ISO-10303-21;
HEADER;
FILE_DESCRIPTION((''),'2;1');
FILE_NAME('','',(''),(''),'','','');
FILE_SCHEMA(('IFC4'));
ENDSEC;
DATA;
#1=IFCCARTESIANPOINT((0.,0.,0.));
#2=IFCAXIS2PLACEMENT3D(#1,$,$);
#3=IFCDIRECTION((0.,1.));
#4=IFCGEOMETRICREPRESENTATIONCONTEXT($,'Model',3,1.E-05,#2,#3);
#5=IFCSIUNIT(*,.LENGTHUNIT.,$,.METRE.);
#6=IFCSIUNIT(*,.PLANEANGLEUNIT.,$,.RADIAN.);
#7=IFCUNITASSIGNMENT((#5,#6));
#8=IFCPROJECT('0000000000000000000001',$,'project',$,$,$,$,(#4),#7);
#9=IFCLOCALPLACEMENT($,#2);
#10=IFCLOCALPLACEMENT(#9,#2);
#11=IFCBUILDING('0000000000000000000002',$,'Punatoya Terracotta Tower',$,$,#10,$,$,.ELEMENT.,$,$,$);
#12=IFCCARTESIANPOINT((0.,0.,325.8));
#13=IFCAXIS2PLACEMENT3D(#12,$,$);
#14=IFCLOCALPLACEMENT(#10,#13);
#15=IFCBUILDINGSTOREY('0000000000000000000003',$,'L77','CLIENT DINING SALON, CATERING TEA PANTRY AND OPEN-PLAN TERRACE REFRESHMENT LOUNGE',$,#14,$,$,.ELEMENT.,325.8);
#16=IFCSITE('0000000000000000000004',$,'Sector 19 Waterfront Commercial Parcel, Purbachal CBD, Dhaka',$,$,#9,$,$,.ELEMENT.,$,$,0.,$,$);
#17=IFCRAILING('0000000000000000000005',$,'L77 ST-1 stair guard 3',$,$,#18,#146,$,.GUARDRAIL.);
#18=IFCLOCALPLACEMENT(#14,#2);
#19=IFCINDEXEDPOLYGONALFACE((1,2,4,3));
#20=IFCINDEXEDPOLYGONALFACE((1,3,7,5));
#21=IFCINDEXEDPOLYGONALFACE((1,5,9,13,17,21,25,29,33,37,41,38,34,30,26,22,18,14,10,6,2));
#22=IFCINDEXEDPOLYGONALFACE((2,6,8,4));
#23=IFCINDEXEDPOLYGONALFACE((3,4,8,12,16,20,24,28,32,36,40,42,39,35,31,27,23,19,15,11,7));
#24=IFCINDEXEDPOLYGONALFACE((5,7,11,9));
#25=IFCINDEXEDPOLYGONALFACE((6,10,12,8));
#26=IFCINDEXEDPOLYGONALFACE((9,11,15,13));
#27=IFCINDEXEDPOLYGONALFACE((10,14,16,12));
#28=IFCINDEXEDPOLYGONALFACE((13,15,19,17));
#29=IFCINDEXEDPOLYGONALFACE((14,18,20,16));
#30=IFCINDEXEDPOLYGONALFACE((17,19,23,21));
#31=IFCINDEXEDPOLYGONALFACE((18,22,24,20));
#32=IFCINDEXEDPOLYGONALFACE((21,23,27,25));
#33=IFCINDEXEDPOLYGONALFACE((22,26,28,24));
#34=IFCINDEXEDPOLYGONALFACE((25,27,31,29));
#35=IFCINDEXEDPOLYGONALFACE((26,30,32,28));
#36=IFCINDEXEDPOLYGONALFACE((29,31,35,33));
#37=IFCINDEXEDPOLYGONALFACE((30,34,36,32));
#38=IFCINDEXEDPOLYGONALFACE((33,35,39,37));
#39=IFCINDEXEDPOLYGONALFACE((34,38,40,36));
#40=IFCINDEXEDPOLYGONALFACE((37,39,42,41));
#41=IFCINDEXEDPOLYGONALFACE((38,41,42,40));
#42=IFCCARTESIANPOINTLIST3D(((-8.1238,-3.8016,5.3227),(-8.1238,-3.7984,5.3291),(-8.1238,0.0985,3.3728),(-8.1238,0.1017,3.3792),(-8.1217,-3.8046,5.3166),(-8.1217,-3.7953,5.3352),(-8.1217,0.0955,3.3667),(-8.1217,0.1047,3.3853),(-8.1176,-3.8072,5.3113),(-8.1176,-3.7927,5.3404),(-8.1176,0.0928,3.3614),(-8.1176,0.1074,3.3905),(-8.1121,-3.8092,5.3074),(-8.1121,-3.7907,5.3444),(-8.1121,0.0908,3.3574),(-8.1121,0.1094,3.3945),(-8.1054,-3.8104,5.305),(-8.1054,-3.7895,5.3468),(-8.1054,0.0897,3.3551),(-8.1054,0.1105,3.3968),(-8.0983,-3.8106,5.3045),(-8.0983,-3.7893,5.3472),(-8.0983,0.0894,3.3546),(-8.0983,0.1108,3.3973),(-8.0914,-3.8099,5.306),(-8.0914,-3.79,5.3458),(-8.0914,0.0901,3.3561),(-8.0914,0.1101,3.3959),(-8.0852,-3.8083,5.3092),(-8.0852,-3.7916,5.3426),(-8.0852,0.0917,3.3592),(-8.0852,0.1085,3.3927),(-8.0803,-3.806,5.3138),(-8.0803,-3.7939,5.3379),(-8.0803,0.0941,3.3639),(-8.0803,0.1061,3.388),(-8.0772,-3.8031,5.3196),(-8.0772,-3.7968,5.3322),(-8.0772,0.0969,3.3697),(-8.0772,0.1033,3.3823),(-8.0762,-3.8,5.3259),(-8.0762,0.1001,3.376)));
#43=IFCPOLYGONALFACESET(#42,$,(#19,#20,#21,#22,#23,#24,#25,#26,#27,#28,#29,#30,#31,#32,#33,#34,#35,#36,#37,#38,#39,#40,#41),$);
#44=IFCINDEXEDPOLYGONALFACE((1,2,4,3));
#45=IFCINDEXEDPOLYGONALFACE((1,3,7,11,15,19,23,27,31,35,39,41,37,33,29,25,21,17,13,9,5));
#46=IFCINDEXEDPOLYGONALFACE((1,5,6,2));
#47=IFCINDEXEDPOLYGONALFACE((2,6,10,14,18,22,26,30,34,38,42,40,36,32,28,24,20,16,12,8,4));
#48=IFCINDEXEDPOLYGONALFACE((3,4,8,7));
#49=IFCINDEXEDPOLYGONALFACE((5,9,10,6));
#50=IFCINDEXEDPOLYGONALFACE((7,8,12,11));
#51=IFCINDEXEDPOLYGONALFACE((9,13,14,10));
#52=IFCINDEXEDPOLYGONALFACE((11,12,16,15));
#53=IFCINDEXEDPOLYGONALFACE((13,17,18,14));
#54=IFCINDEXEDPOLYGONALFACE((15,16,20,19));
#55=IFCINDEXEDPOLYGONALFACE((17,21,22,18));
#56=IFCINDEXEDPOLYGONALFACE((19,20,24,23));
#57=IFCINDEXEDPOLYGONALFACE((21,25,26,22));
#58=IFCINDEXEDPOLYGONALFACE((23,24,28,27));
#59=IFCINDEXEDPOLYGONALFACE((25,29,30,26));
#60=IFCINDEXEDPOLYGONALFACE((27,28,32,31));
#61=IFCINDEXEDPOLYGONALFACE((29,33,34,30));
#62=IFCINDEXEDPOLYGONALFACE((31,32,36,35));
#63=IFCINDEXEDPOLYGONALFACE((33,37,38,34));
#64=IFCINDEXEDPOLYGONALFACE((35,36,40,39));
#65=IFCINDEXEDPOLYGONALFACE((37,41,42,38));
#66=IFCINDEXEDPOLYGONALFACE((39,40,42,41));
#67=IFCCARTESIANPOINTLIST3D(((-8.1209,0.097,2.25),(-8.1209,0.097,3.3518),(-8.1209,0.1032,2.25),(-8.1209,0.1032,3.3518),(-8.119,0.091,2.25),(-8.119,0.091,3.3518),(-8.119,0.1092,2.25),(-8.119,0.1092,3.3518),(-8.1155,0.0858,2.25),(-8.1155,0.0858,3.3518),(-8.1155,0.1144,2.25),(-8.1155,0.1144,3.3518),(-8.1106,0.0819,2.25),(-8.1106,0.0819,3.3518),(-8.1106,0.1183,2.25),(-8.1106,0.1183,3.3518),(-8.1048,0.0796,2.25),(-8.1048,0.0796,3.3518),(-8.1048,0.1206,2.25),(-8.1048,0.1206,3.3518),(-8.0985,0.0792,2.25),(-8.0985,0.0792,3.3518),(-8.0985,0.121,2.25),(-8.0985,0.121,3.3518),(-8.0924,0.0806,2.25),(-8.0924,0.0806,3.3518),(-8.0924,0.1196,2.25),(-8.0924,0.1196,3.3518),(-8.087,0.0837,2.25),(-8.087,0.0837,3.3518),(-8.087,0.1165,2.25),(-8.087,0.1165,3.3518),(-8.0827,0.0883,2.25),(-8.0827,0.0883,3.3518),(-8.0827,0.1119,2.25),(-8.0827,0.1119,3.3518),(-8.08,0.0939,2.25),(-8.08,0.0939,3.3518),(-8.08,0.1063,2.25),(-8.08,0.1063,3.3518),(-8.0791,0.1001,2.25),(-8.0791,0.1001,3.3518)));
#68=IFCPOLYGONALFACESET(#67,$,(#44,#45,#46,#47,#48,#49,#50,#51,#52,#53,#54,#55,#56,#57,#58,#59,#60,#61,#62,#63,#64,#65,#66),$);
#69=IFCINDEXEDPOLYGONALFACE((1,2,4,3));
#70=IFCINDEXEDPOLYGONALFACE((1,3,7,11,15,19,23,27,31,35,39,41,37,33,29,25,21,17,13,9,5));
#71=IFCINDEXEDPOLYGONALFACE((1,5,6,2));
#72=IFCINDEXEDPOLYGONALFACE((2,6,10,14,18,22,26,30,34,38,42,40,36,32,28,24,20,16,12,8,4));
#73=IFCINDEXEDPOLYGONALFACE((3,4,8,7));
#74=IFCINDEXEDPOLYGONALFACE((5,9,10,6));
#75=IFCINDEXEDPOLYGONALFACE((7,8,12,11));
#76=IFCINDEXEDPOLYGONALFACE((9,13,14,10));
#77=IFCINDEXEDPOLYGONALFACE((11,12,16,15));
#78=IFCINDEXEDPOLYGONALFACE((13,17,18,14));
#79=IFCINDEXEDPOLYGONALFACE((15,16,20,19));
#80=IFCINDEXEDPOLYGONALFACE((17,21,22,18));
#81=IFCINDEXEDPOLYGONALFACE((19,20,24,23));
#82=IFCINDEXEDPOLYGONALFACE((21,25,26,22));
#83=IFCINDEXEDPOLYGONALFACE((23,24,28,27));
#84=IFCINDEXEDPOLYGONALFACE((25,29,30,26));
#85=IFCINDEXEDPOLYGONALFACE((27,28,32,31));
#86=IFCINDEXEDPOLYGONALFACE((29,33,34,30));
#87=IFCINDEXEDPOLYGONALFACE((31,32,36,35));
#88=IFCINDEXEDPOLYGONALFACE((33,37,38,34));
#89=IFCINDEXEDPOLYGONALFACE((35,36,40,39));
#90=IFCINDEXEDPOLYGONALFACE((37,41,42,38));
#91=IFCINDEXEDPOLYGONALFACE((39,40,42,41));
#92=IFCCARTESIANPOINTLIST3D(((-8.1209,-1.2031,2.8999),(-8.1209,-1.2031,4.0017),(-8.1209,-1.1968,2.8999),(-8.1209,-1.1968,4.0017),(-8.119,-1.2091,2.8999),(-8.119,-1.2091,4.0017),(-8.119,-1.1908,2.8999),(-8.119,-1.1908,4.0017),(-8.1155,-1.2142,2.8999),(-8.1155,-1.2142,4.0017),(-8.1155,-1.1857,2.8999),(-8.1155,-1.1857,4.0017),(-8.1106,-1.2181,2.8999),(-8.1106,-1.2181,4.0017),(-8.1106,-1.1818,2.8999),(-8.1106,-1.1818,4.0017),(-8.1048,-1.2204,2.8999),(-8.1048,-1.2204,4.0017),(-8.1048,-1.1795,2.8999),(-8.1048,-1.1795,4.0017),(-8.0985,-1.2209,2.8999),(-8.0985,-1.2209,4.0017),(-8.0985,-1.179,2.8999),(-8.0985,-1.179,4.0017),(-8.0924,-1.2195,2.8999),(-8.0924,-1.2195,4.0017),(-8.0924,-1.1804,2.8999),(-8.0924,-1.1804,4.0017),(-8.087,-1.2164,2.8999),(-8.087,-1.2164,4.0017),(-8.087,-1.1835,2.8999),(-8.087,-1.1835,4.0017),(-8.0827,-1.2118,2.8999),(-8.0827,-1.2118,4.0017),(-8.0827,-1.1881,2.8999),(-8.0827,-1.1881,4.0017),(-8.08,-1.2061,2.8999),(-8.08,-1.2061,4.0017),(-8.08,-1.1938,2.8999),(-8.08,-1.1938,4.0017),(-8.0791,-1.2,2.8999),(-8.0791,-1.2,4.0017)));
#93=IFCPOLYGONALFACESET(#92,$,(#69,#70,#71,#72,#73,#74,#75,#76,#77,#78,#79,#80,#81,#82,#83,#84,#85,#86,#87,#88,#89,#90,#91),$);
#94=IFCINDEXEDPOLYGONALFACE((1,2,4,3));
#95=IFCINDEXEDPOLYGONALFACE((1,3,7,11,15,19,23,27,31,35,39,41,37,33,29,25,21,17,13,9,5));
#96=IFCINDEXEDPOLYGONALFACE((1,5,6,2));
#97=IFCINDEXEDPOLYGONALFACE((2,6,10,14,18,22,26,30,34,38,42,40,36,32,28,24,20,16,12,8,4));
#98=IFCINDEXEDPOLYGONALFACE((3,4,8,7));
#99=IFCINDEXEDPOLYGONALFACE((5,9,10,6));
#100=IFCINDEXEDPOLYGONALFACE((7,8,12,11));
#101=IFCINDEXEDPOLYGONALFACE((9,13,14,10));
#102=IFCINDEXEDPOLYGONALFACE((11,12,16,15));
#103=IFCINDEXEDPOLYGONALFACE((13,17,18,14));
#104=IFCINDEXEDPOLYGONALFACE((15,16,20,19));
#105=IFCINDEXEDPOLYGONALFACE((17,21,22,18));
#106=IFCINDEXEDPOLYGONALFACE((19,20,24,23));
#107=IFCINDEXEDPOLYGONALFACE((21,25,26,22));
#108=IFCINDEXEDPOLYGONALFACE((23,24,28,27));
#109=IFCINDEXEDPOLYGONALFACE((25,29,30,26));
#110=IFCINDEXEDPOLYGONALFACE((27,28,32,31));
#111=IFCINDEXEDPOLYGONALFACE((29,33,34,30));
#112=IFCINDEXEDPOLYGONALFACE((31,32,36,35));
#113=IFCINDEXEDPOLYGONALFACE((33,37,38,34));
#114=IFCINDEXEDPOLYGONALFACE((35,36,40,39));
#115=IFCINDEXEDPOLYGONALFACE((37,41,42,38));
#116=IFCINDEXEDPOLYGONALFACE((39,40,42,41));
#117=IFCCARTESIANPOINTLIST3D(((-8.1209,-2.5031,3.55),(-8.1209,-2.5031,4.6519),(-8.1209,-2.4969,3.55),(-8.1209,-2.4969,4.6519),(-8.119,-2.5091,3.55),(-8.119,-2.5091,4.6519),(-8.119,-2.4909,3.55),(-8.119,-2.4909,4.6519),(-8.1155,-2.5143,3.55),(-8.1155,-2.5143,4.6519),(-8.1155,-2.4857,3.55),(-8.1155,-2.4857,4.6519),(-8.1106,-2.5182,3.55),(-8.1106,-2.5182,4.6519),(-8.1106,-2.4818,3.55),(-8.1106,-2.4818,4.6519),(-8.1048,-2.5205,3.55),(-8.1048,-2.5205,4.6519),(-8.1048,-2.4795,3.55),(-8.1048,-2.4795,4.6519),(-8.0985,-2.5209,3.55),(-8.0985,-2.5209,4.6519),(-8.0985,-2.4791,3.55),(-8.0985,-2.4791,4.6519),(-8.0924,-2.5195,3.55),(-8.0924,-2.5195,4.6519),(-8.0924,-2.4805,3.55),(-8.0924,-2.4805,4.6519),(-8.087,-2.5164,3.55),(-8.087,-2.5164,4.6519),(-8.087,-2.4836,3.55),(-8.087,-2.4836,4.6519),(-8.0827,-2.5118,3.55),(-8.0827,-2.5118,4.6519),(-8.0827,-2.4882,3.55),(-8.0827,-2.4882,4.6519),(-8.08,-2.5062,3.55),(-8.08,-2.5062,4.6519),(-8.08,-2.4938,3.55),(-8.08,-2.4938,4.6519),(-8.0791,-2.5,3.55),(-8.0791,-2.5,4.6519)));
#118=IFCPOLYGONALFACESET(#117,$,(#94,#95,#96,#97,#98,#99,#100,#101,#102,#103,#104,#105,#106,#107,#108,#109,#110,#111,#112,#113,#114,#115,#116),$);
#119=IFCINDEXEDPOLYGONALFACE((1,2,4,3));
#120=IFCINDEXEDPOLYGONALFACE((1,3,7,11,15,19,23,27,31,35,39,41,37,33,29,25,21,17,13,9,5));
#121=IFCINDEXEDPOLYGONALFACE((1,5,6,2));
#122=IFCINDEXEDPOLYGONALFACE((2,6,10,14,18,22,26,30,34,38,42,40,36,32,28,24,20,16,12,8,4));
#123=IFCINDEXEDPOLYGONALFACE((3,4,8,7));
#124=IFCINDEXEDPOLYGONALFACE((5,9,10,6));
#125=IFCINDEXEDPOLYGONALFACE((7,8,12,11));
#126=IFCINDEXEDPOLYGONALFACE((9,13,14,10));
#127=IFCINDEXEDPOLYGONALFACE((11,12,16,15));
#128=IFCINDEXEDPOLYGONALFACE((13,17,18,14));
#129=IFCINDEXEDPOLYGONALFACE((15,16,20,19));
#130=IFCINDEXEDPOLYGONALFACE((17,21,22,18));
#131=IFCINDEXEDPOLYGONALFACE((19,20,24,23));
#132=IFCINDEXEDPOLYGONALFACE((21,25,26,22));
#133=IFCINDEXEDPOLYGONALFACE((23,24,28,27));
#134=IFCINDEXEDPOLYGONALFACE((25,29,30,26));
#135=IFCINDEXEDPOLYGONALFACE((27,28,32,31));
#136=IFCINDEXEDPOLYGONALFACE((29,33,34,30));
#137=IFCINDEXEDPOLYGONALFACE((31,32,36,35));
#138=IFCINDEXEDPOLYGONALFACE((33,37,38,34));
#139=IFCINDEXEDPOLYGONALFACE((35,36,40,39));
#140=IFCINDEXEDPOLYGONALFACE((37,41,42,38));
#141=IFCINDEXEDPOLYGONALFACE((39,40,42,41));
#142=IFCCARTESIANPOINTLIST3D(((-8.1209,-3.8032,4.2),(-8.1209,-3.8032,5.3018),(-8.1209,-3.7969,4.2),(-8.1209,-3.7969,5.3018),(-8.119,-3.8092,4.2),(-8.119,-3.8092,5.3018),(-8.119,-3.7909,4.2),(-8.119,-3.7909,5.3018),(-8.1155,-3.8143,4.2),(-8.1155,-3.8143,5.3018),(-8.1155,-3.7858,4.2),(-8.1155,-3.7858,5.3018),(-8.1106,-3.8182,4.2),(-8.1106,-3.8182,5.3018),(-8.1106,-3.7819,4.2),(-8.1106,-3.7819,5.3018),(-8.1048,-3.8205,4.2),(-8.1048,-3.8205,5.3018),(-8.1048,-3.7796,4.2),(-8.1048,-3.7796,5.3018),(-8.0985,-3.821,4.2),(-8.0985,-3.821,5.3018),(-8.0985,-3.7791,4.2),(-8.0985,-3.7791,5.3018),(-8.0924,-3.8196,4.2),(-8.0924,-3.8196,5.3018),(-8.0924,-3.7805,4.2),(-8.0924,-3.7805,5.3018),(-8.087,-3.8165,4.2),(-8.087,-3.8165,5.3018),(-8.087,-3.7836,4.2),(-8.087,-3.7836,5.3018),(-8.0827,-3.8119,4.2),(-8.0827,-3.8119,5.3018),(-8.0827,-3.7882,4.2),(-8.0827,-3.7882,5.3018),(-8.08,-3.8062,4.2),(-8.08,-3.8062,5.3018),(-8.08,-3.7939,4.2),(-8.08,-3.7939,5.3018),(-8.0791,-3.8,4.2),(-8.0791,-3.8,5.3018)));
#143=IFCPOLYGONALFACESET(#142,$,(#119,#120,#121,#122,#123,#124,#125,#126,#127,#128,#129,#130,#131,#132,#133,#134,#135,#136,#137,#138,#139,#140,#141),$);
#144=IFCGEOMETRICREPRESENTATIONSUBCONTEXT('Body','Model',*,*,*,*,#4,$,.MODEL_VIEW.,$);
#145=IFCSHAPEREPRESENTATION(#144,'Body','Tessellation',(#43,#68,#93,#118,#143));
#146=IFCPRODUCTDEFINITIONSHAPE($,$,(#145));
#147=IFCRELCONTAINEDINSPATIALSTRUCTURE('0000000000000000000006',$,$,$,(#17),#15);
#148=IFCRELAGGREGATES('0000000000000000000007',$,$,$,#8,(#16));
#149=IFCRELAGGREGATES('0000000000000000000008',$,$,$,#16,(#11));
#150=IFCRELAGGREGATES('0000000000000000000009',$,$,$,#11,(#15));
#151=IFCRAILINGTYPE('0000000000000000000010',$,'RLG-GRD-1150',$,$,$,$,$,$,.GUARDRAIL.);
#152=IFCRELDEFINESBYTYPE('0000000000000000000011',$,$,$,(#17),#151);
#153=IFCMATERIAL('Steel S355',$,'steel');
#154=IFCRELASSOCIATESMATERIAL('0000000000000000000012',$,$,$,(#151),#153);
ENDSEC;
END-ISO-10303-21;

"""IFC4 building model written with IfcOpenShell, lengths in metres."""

from ifc_helpers import new_model, si_unit, direction, frame, origin, origin_2d, place, context, subcontext, project, spatial, circle, extrude, material, type_object, element, save


model = new_model("IFC4")

# Units and contexts
model_context = context("Model", 3, precision=1e-05, world=origin(), true_north=direction((0.0, 1.0)))
body_context = subcontext(model_context, "Body", "Model", "MODEL_VIEW")
ifc_project = project(units=[si_unit("LENGTHUNIT", "METRE"), si_unit("PLANEANGLEUNIT", "RADIAN")], contexts=[model_context])

# Site, building, storey
site_placement = place(None, origin())
site = spatial("IfcSite", under=ifc_project, at=site_placement, Name="Sector 19 Waterfront Commercial Parcel, Purbachal CBD, Dhaka", CompositionType="ELEMENT", RefElevation=0.0)
building_placement = place(site_placement, origin())
building = spatial("IfcBuilding", under=site, at=building_placement, Name="Punatoya Terracotta Tower", CompositionType="ELEMENT")
storey_placement = place(building_placement, frame((0.0, 0.0, 325.8)))
storey = spatial("IfcBuildingStorey", under=building, at=storey_placement, Name="L77", Description="CLIENT DINING SALON, CATERING TEA PANTRY AND OPEN-PLAN TERRACE REFRESHMENT LOUNGE", CompositionType="ELEMENT", Elevation=325.8)

# Shared definitions
ifc_material_1 = material(Name="Steel S355", Category="steel")

# Railing
railing_type_1 = type_object("IfcRailingType", Name="RLG-GRD-1150", PredefinedType="GUARDRAIL", material=ifc_material_1)
railing_1_placement = place(storey_placement, frame((-8.1001, 0.1001, 2.25)))
element("IfcRailing", 1, at=railing_1_placement, inside=storey, type_object=railing_type_1, Name="L77 ST-1 stair guard 3", PredefinedType="GUARDRAIL", context=body_context, shape_type="SweptSolid", body=[
    extrude(circle(Radius=0.0239, at=origin_2d()), frame((0.0, 0.0, 1.126), z_axis=(0.0, -0.894438, 0.447191), x_axis=(1.0, 0.0, 0.0)), (0.0, 0.0, 1.0), 4.3604),
    extrude(circle(Radius=0.021, at=origin_2d()), origin(), (0.0, 0.0, 1.0), 1.1018),
    extrude(circle(Radius=0.021, at=origin_2d()), frame((0.0, -1.3, 0.6499)), (0.0, 0.0, 1.0), 1.1018),
    extrude(circle(Radius=0.021, at=origin_2d()), frame((0.0, -2.6001, 1.3)), (0.0, 0.0, 1.0), 1.1018),
    extrude(circle(Radius=0.021, at=origin_2d()), frame((0.0, -3.9001, 1.95)), (0.0, 0.0, 1.0), 1.1018),
])

save(model, "model.ifc")
